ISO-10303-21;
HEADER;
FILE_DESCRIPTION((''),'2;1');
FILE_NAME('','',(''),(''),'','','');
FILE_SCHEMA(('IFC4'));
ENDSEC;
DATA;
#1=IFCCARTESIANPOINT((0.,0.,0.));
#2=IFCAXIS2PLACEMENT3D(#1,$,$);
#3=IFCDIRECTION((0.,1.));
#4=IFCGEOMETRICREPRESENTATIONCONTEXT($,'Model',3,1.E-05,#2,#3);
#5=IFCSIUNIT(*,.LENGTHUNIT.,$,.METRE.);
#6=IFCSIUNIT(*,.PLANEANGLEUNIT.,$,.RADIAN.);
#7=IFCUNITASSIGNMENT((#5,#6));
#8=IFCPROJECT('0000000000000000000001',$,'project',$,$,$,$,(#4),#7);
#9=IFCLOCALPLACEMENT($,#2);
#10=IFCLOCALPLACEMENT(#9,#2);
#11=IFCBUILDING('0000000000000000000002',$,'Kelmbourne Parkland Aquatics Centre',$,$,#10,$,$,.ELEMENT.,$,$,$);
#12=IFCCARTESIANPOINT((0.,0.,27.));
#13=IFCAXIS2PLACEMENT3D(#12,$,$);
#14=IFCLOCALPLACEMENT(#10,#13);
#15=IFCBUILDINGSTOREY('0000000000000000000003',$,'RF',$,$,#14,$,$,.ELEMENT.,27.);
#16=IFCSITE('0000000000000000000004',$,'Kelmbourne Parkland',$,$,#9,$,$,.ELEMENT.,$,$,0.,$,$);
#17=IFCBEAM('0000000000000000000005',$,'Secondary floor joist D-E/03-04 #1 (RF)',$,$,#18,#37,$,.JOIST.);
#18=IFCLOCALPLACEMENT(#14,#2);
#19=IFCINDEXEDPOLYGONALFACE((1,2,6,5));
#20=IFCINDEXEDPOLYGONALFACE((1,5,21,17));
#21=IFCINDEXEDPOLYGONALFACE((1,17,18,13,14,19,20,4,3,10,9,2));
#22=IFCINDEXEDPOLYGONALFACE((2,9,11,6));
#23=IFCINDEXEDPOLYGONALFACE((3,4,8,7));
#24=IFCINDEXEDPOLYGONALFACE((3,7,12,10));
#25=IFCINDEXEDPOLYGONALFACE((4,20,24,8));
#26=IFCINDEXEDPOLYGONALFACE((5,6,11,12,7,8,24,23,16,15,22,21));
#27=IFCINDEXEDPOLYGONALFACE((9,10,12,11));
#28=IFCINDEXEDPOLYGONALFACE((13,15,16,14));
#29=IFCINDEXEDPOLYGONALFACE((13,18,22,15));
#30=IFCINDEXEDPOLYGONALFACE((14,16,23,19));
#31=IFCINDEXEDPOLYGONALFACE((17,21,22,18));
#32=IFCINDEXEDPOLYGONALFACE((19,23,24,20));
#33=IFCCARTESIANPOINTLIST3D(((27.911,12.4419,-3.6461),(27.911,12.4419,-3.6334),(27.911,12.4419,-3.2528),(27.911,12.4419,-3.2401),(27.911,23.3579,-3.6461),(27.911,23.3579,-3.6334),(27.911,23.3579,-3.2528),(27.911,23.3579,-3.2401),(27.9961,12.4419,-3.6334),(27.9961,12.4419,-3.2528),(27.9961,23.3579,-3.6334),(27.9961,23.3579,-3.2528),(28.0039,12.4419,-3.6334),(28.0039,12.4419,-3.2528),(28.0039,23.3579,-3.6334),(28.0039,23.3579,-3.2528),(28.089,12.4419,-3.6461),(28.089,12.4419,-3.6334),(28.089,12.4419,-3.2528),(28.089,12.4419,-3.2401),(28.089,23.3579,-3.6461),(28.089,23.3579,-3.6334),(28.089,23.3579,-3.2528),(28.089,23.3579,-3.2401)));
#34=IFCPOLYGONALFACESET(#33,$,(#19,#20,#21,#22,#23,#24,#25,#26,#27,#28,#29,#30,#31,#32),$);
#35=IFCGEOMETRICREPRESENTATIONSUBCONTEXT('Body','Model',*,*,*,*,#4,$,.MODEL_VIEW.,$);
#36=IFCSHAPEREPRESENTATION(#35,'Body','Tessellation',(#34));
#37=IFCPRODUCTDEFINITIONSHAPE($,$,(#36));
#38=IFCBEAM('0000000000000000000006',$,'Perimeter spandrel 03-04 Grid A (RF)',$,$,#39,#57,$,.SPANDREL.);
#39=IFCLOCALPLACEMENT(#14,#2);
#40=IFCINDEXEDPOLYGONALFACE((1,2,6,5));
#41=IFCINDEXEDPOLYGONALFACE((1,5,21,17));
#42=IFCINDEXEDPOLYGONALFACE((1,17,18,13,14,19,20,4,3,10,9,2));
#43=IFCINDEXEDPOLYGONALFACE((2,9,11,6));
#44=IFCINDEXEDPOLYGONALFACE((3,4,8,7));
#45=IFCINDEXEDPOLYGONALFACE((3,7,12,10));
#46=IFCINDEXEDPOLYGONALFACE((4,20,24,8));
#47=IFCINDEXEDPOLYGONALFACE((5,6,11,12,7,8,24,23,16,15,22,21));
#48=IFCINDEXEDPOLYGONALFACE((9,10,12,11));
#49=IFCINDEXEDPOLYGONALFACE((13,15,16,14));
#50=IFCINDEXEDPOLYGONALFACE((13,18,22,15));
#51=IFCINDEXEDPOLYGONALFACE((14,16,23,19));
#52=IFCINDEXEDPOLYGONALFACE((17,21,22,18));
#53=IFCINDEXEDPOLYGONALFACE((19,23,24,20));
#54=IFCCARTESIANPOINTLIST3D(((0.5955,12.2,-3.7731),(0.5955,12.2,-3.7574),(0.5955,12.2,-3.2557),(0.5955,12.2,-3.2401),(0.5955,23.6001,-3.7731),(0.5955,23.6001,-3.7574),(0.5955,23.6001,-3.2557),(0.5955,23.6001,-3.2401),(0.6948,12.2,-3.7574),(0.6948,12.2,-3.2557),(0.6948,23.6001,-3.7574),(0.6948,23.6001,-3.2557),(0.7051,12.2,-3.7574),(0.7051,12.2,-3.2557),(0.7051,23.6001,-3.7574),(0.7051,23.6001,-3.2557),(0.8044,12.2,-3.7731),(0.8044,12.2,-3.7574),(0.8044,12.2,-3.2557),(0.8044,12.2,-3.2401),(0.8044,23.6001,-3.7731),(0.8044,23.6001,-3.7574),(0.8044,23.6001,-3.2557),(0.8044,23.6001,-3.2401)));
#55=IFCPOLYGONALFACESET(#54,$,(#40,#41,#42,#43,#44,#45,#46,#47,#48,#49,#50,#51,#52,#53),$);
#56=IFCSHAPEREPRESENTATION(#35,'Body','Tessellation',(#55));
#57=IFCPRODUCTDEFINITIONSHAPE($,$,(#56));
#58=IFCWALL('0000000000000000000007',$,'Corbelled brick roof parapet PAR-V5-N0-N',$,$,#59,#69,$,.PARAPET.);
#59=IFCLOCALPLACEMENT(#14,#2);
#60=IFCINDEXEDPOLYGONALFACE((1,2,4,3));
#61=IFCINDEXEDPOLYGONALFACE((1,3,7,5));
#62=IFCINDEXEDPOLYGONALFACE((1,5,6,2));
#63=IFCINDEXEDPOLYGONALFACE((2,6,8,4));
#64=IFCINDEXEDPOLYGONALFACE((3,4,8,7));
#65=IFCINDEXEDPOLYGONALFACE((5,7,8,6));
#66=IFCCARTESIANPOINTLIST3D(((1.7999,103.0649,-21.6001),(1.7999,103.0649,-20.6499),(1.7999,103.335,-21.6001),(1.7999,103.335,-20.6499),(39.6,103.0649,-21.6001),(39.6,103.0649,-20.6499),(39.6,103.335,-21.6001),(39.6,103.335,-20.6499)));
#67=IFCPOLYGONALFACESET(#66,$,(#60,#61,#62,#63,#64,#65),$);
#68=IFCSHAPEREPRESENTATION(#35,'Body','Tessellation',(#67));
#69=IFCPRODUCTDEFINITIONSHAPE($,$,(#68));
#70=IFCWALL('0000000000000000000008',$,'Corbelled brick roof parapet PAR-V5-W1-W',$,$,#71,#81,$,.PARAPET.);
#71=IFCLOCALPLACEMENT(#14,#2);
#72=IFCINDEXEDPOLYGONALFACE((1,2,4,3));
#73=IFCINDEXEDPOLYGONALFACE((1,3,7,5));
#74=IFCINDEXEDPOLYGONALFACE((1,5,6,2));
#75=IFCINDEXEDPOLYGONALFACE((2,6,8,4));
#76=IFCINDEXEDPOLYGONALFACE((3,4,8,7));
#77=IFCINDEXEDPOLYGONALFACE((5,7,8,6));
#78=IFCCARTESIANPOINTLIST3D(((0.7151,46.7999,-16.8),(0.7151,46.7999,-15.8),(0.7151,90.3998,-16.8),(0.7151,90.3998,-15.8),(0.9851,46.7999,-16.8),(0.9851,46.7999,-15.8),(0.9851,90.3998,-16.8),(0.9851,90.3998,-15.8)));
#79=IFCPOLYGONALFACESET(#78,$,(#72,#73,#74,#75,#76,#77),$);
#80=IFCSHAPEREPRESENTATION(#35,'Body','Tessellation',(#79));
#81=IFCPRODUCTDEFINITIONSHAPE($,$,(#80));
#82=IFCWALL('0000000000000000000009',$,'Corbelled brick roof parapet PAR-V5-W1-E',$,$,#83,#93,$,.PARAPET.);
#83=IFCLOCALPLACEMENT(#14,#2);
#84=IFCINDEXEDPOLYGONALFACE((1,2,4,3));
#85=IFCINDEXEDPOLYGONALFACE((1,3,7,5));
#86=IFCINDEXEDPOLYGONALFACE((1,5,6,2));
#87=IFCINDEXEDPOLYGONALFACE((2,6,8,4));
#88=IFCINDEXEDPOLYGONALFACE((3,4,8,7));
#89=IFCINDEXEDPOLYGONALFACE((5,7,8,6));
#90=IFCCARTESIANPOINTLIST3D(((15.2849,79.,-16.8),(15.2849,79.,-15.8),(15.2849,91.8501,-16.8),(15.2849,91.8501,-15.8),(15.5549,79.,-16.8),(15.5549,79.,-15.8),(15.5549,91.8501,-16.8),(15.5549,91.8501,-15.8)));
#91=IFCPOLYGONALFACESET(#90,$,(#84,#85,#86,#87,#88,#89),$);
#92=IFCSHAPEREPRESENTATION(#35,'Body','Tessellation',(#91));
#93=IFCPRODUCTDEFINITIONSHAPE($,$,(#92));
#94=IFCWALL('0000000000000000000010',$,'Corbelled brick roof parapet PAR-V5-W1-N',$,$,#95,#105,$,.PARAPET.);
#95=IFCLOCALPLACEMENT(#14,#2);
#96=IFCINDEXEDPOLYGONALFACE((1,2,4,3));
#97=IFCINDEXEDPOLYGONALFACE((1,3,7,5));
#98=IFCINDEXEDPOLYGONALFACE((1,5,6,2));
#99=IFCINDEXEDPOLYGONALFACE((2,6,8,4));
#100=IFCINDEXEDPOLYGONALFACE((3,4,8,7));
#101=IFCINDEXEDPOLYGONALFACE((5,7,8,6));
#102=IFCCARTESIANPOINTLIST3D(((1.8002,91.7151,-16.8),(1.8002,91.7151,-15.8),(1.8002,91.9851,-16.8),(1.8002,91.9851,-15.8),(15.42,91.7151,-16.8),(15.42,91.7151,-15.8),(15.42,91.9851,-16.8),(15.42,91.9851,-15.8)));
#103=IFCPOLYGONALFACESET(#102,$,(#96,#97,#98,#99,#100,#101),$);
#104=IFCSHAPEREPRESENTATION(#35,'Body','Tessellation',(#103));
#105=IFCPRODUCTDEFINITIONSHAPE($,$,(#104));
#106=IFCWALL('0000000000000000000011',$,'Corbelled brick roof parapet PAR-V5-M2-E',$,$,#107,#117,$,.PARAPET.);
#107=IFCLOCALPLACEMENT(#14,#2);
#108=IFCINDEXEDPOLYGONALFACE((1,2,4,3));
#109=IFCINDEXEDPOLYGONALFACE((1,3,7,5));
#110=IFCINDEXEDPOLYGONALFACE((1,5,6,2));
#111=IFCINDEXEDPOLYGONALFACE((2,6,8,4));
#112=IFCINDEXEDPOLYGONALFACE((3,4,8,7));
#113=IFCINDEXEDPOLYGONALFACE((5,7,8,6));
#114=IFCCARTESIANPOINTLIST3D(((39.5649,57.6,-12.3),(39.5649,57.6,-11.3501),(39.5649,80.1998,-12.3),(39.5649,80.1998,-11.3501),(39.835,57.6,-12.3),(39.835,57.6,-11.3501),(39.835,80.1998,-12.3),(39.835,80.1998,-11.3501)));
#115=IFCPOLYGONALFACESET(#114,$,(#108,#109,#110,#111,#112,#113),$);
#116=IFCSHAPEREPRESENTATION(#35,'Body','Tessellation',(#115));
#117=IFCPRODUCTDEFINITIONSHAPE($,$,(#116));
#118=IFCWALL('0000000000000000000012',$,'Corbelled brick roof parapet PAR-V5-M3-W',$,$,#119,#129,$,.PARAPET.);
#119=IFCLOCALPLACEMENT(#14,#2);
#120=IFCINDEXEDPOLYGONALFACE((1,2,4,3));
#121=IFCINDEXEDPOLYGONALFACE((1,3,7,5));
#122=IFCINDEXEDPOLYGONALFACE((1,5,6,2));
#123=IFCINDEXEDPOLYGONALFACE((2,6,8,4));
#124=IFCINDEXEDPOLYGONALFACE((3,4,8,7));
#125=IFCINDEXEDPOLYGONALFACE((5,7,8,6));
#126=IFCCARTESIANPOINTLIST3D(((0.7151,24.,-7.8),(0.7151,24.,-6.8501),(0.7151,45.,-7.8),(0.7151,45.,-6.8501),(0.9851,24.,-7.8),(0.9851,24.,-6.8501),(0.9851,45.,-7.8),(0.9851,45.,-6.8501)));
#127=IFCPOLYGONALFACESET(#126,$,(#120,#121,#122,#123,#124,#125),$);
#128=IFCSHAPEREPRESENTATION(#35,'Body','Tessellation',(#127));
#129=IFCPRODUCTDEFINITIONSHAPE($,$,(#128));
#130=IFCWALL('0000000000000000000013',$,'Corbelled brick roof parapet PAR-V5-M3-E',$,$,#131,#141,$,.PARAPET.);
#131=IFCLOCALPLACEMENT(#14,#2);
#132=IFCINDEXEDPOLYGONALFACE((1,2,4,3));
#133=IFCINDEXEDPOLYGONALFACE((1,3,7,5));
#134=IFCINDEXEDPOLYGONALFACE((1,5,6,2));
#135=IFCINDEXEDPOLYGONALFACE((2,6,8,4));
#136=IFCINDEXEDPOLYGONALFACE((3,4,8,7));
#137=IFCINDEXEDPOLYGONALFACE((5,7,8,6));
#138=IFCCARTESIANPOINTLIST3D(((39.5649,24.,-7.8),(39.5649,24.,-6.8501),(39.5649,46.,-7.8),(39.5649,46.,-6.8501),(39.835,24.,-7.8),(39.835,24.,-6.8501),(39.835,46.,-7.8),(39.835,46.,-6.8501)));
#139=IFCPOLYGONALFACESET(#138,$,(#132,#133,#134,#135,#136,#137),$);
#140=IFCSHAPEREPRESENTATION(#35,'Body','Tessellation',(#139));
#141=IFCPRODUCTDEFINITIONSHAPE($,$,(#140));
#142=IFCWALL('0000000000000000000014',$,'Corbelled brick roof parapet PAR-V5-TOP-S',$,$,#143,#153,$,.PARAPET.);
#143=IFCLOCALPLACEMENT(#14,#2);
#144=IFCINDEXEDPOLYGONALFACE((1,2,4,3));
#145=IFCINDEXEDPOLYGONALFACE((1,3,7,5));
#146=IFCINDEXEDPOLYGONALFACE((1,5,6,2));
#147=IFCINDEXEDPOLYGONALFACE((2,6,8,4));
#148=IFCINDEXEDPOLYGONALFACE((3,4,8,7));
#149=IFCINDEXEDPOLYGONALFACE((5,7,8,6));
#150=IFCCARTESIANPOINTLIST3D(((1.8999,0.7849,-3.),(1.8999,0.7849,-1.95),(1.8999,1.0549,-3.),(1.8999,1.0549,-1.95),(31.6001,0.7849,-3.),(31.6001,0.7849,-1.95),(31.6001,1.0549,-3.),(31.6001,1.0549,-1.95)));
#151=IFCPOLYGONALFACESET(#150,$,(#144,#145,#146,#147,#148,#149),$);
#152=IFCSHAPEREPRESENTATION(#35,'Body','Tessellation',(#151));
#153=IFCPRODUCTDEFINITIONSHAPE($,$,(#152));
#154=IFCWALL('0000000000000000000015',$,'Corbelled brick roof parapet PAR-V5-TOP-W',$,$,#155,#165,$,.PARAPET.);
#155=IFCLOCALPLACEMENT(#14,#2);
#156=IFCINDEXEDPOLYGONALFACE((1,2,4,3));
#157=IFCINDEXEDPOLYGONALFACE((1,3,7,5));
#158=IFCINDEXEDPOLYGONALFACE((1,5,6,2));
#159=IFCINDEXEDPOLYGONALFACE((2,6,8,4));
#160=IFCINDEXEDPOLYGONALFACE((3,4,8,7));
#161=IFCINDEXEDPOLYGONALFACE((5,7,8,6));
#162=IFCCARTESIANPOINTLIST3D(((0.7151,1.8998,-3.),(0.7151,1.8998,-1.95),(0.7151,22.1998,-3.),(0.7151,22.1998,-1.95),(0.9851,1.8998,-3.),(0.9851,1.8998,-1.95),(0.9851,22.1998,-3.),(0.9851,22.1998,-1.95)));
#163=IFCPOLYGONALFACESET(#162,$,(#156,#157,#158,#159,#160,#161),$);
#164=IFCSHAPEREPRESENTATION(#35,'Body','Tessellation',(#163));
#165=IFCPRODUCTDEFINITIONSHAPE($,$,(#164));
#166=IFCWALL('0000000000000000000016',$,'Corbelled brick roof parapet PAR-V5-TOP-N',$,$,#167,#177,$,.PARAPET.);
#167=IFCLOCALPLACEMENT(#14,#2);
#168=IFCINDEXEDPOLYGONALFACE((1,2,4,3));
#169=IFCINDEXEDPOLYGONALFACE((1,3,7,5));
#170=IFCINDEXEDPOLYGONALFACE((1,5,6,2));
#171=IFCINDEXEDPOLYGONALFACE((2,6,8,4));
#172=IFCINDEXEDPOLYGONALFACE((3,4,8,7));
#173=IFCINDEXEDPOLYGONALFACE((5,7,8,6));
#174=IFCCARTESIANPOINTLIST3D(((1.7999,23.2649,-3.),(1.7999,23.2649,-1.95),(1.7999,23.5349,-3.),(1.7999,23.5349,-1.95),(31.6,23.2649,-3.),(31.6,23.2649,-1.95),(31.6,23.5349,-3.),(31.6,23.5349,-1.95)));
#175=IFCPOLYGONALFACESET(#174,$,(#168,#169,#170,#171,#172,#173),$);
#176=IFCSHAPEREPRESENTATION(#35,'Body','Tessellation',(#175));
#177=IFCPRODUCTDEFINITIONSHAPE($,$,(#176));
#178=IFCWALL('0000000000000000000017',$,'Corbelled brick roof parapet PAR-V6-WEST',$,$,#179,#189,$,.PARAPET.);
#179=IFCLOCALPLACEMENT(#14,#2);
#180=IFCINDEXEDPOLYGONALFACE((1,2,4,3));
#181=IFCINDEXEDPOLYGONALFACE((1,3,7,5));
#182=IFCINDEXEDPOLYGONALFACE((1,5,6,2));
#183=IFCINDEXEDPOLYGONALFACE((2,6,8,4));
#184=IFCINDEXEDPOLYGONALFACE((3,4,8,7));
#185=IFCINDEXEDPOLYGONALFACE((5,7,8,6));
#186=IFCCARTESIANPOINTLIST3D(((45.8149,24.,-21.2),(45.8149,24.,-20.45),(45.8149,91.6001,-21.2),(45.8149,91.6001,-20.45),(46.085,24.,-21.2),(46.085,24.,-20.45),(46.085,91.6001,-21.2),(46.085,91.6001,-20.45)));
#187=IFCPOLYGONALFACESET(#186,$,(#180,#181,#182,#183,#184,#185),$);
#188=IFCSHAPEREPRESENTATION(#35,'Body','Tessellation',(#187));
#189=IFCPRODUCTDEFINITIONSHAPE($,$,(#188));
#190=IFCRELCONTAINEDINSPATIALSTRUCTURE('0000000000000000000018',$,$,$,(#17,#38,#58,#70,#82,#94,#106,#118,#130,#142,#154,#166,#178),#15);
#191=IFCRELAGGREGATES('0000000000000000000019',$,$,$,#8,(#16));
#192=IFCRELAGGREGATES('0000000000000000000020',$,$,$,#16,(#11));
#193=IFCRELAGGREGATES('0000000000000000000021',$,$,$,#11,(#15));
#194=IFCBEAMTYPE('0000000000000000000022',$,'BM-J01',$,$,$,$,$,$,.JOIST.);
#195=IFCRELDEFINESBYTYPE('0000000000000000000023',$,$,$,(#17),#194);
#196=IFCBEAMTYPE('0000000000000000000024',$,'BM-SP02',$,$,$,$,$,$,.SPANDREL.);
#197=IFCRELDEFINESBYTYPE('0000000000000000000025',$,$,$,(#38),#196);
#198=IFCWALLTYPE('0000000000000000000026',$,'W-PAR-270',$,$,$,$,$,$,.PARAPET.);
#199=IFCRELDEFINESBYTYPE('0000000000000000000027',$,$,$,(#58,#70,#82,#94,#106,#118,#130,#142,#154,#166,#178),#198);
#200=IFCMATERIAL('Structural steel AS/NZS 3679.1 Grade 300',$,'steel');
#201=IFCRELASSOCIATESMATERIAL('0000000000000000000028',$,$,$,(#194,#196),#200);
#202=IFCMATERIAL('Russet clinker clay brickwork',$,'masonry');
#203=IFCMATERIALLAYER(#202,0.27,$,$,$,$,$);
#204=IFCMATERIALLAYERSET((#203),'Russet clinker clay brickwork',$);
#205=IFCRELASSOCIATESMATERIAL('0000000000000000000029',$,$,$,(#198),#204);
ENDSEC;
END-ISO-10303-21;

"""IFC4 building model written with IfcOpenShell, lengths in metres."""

from ifc_helpers import new_model, si_unit, direction, frame, frame_2d, origin, origin_2d, place, context, subcontext, project, spatial, rectangle, i_section, extrude, material, layer, layer_set, material_profile, profile_set, type_object, element, save


model = new_model("IFC4")

# Units and contexts
model_context = context("Model", 3, precision=1e-05, world=origin(), true_north=direction((0.0, 1.0)))
body_context = subcontext(model_context, "Body", "Model", "MODEL_VIEW")
ifc_project = project(units=[si_unit("LENGTHUNIT", "METRE"), si_unit("PLANEANGLEUNIT", "RADIAN")], contexts=[model_context])

# Site, building, storey
site_placement = place(None, origin())
site = spatial("IfcSite", under=ifc_project, at=site_placement, Name="Kelmbourne Parkland", CompositionType="ELEMENT", RefElevation=0.0)
building_placement = place(site_placement, origin())
building = spatial("IfcBuilding", under=site, at=building_placement, Name="Kelmbourne Parkland Aquatics Centre", CompositionType="ELEMENT")
storey_placement = place(building_placement, frame((0.0, 0.0, 27.0)))
storey = spatial("IfcBuildingStorey", under=building, at=storey_placement, Name="RF", CompositionType="ELEMENT", Elevation=27.0)

# Beams
ifc_material_1 = material(Name="Structural steel AS/NZS 3679.1 Grade 300", Category="steel")
ifc_material_profile_1 = material_profile(ifc_material_1, i_section(OverallWidth=0.178, OverallDepth=0.406, WebThickness=0.0078, FlangeThickness=0.0127, at=origin_2d()), Name="410UB59.7")
ifc_profile_set_1 = profile_set([ifc_material_profile_1], Name="Structural steel AS/NZS 3679.1 Grade 300")
beam_type_1 = type_object("IfcBeamType", Name="BM-J01", PredefinedType="JOIST", material=ifc_profile_set_1)
beam_1_placement = place(storey_placement, frame((28.0, 12.4419, -3.4431), z_axis=(0.0, 1.0, 0.0), x_axis=(-1.0, 0.0, 0.0)))
element("IfcBeam", 1, at=beam_1_placement, inside=storey, type_object=beam_type_1, Name="Secondary floor joist D-E/03-04 #1 (RF)", PredefinedType="JOIST", context=body_context, shape_type="SweptSolid", body=[
    extrude(i_section(OverallWidth=0.178, OverallDepth=0.406, WebThickness=0.0078, FlangeThickness=0.0127, at=origin_2d()), origin(), (0.0, 0.0, 1.0), 10.916),
])
ifc_material_profile_2 = material_profile(ifc_material_1, i_section(OverallWidth=0.209, OverallDepth=0.533, WebThickness=0.0103, FlangeThickness=0.0156, at=origin_2d()), Name="530UB92.4")
ifc_profile_set_2 = profile_set([ifc_material_profile_2], Name="Structural steel AS/NZS 3679.1 Grade 300")
beam_type_2 = type_object("IfcBeamType", Name="BM-SP02", PredefinedType="SPANDREL", material=ifc_profile_set_2)
beam_2_placement = place(storey_placement, frame((0.7, 12.2, -3.5066), z_axis=(0.0, 1.0, 0.0), x_axis=(-1.0, 0.0, 0.0)))
element("IfcBeam", 2, at=beam_2_placement, inside=storey, type_object=beam_type_2, Name="Perimeter spandrel 03-04 Grid A (RF)", PredefinedType="SPANDREL", context=body_context, shape_type="SweptSolid", body=[
    extrude(i_section(OverallWidth=0.209, OverallDepth=0.533, WebThickness=0.0103, FlangeThickness=0.0156, at=origin_2d()), origin(), (0.0, 0.0, 1.0), 11.4001),
])

# Walls
ifc_material_2 = material(Name="Russet clinker clay brickwork", Category="masonry")
ifc_layer = layer(ifc_material_2, 0.27)
ifc_layer_set = layer_set([ifc_layer], Name="Russet clinker clay brickwork")
wall_type = type_object("IfcWallType", Name="W-PAR-270", PredefinedType="PARAPET", material=ifc_layer_set)
wall_1_placement = place(storey_placement, frame((1.8, 103.2, -21.6001), z_axis=(0.0, 0.0, 1.0), x_axis=(1.0, 0.0, 0.0)))
element("IfcWall", 3, at=wall_1_placement, inside=storey, type_object=wall_type, Name="Corbelled brick roof parapet PAR-V5-N0-N", PredefinedType="PARAPET", context=body_context, shape_type="SweptSolid", body=[
    extrude(rectangle(XDim=37.8, YDim=0.27, at=frame_2d((18.8999, 0.0))), origin(), (0.0, 0.0, 1.0), 0.9502),
])
wall_2_placement = place(storey_placement, frame((0.8501, 46.8, -16.8), z_axis=(0.0, 0.0, 1.0), x_axis=(0.0, 1.0, 0.0)))
element("IfcWall", 4, at=wall_2_placement, inside=storey, type_object=wall_type, Name="Corbelled brick roof parapet PAR-V5-W1-W", PredefinedType="PARAPET", context=body_context, shape_type="SweptSolid", body=[
    extrude(rectangle(XDim=43.5999, YDim=0.27, at=frame_2d((21.7998, 0.0))), origin(), (0.0, 0.0, 1.0), 1.0),
])
wall_3_placement = place(storey_placement, frame((15.4199, 79.0, -16.8), z_axis=(0.0, 0.0, 1.0), x_axis=(0.0, 1.0, 0.0)))
element("IfcWall", 5, at=wall_3_placement, inside=storey, type_object=wall_type, Name="Corbelled brick roof parapet PAR-V5-W1-E", PredefinedType="PARAPET", context=body_context, shape_type="SweptSolid", body=[
    extrude(rectangle(XDim=12.8501, YDim=0.27, at=frame_2d((6.425, 0.0))), origin(), (0.0, 0.0, 1.0), 1.0),
])
wall_4_placement = place(storey_placement, frame((1.8, 91.8501, -16.8), z_axis=(0.0, 0.0, 1.0), x_axis=(1.0, 0.0, 0.0)))
element("IfcWall", 6, at=wall_4_placement, inside=storey, type_object=wall_type, Name="Corbelled brick roof parapet PAR-V5-W1-N", PredefinedType="PARAPET", context=body_context, shape_type="SweptSolid", body=[
    extrude(rectangle(XDim=13.6199, YDim=0.27, at=frame_2d((6.8101, 0.0))), origin(), (0.0, 0.0, 1.0), 1.0),
])
wall_5_placement = place(storey_placement, frame((39.7, 57.6001, -12.3), z_axis=(0.0, 0.0, 1.0), x_axis=(0.0, 1.0, 0.0)))
element("IfcWall", 7, at=wall_5_placement, inside=storey, type_object=wall_type, Name="Corbelled brick roof parapet PAR-V5-M2-E", PredefinedType="PARAPET", context=body_context, shape_type="SweptSolid", body=[
    extrude(rectangle(XDim=22.5999, YDim=0.27, at=frame_2d((11.2998, 0.0))), origin(), (0.0, 0.0, 1.0), 0.95),
])
wall_6_placement = place(storey_placement, frame((0.8501, 24.0, -7.8), z_axis=(0.0, 0.0, 1.0), x_axis=(0.0, 1.0, 0.0)))
element("IfcWall", 8, at=wall_6_placement, inside=storey, type_object=wall_type, Name="Corbelled brick roof parapet PAR-V5-M3-W", PredefinedType="PARAPET", context=body_context, shape_type="SweptSolid", body=[
    extrude(rectangle(XDim=21.0, YDim=0.27, at=frame_2d((10.5, 0.0))), origin(), (0.0, 0.0, 1.0), 0.95),
])
wall_7_placement = place(storey_placement, frame((39.7, 24.0, -7.8), z_axis=(0.0, 0.0, 1.0), x_axis=(0.0, 1.0, 0.0)))
element("IfcWall", 9, at=wall_7_placement, inside=storey, type_object=wall_type, Name="Corbelled brick roof parapet PAR-V5-M3-E", PredefinedType="PARAPET", context=body_context, shape_type="SweptSolid", body=[
    extrude(rectangle(XDim=22.0, YDim=0.27, at=frame_2d((11.0, 0.0))), origin(), (0.0, 0.0, 1.0), 0.95),
])
wall_8_placement = place(storey_placement, frame((1.8999, 0.9199, -3.0), z_axis=(0.0, 0.0, 1.0), x_axis=(1.0, 0.0, 0.0)))
element("IfcWall", 10, at=wall_8_placement, inside=storey, type_object=wall_type, Name="Corbelled brick roof parapet PAR-V5-TOP-S", PredefinedType="PARAPET", context=body_context, shape_type="SweptSolid", body=[
    extrude(rectangle(XDim=29.7002, YDim=0.27, at=frame_2d((14.8501, 0.0))), origin(), (0.0, 0.0, 1.0), 1.05),
])
wall_9_placement = place(storey_placement, frame((0.8501, 1.8999, -3.0), z_axis=(0.0, 0.0, 1.0), x_axis=(0.0, 1.0, 0.0)))
element("IfcWall", 11, at=wall_9_placement, inside=storey, type_object=wall_type, Name="Corbelled brick roof parapet PAR-V5-TOP-W", PredefinedType="PARAPET", context=body_context, shape_type="SweptSolid", body=[
    extrude(rectangle(XDim=20.3, YDim=0.27, at=frame_2d((10.1499, 0.0))), origin(), (0.0, 0.0, 1.0), 1.05),
])
wall_10_placement = place(storey_placement, frame((1.8, 23.3999, -3.0), z_axis=(0.0, 0.0, 1.0), x_axis=(1.0, 0.0, 0.0)))
element("IfcWall", 12, at=wall_10_placement, inside=storey, type_object=wall_type, Name="Corbelled brick roof parapet PAR-V5-TOP-N", PredefinedType="PARAPET", context=body_context, shape_type="SweptSolid", body=[
    extrude(rectangle(XDim=29.8, YDim=0.27, at=frame_2d((14.8999, 0.0))), origin(), (0.0, 0.0, 1.0), 1.05),
])
for number, where, z_axis, x_axis, name in (
    (13, (45.95, 24.0, -21.2), (0.0, 0.0, 1.0), (0.0, 1.0, 0.0), "Corbelled brick roof parapet PAR-V6-WEST"),
):
    element("IfcWall", number, at=place(storey_placement, frame(where, z_axis=z_axis, x_axis=x_axis)), inside=storey, type_object=wall_type, Name=name, PredefinedType="PARAPET", context=body_context, shape_type="SweptSolid", body=[
        extrude(rectangle(XDim=67.6001, YDim=0.27, at=frame_2d((33.8, 0.0))), origin(), (0.0, 0.0, 1.0), 0.75),
    ])

save(model, "model.ifc")
